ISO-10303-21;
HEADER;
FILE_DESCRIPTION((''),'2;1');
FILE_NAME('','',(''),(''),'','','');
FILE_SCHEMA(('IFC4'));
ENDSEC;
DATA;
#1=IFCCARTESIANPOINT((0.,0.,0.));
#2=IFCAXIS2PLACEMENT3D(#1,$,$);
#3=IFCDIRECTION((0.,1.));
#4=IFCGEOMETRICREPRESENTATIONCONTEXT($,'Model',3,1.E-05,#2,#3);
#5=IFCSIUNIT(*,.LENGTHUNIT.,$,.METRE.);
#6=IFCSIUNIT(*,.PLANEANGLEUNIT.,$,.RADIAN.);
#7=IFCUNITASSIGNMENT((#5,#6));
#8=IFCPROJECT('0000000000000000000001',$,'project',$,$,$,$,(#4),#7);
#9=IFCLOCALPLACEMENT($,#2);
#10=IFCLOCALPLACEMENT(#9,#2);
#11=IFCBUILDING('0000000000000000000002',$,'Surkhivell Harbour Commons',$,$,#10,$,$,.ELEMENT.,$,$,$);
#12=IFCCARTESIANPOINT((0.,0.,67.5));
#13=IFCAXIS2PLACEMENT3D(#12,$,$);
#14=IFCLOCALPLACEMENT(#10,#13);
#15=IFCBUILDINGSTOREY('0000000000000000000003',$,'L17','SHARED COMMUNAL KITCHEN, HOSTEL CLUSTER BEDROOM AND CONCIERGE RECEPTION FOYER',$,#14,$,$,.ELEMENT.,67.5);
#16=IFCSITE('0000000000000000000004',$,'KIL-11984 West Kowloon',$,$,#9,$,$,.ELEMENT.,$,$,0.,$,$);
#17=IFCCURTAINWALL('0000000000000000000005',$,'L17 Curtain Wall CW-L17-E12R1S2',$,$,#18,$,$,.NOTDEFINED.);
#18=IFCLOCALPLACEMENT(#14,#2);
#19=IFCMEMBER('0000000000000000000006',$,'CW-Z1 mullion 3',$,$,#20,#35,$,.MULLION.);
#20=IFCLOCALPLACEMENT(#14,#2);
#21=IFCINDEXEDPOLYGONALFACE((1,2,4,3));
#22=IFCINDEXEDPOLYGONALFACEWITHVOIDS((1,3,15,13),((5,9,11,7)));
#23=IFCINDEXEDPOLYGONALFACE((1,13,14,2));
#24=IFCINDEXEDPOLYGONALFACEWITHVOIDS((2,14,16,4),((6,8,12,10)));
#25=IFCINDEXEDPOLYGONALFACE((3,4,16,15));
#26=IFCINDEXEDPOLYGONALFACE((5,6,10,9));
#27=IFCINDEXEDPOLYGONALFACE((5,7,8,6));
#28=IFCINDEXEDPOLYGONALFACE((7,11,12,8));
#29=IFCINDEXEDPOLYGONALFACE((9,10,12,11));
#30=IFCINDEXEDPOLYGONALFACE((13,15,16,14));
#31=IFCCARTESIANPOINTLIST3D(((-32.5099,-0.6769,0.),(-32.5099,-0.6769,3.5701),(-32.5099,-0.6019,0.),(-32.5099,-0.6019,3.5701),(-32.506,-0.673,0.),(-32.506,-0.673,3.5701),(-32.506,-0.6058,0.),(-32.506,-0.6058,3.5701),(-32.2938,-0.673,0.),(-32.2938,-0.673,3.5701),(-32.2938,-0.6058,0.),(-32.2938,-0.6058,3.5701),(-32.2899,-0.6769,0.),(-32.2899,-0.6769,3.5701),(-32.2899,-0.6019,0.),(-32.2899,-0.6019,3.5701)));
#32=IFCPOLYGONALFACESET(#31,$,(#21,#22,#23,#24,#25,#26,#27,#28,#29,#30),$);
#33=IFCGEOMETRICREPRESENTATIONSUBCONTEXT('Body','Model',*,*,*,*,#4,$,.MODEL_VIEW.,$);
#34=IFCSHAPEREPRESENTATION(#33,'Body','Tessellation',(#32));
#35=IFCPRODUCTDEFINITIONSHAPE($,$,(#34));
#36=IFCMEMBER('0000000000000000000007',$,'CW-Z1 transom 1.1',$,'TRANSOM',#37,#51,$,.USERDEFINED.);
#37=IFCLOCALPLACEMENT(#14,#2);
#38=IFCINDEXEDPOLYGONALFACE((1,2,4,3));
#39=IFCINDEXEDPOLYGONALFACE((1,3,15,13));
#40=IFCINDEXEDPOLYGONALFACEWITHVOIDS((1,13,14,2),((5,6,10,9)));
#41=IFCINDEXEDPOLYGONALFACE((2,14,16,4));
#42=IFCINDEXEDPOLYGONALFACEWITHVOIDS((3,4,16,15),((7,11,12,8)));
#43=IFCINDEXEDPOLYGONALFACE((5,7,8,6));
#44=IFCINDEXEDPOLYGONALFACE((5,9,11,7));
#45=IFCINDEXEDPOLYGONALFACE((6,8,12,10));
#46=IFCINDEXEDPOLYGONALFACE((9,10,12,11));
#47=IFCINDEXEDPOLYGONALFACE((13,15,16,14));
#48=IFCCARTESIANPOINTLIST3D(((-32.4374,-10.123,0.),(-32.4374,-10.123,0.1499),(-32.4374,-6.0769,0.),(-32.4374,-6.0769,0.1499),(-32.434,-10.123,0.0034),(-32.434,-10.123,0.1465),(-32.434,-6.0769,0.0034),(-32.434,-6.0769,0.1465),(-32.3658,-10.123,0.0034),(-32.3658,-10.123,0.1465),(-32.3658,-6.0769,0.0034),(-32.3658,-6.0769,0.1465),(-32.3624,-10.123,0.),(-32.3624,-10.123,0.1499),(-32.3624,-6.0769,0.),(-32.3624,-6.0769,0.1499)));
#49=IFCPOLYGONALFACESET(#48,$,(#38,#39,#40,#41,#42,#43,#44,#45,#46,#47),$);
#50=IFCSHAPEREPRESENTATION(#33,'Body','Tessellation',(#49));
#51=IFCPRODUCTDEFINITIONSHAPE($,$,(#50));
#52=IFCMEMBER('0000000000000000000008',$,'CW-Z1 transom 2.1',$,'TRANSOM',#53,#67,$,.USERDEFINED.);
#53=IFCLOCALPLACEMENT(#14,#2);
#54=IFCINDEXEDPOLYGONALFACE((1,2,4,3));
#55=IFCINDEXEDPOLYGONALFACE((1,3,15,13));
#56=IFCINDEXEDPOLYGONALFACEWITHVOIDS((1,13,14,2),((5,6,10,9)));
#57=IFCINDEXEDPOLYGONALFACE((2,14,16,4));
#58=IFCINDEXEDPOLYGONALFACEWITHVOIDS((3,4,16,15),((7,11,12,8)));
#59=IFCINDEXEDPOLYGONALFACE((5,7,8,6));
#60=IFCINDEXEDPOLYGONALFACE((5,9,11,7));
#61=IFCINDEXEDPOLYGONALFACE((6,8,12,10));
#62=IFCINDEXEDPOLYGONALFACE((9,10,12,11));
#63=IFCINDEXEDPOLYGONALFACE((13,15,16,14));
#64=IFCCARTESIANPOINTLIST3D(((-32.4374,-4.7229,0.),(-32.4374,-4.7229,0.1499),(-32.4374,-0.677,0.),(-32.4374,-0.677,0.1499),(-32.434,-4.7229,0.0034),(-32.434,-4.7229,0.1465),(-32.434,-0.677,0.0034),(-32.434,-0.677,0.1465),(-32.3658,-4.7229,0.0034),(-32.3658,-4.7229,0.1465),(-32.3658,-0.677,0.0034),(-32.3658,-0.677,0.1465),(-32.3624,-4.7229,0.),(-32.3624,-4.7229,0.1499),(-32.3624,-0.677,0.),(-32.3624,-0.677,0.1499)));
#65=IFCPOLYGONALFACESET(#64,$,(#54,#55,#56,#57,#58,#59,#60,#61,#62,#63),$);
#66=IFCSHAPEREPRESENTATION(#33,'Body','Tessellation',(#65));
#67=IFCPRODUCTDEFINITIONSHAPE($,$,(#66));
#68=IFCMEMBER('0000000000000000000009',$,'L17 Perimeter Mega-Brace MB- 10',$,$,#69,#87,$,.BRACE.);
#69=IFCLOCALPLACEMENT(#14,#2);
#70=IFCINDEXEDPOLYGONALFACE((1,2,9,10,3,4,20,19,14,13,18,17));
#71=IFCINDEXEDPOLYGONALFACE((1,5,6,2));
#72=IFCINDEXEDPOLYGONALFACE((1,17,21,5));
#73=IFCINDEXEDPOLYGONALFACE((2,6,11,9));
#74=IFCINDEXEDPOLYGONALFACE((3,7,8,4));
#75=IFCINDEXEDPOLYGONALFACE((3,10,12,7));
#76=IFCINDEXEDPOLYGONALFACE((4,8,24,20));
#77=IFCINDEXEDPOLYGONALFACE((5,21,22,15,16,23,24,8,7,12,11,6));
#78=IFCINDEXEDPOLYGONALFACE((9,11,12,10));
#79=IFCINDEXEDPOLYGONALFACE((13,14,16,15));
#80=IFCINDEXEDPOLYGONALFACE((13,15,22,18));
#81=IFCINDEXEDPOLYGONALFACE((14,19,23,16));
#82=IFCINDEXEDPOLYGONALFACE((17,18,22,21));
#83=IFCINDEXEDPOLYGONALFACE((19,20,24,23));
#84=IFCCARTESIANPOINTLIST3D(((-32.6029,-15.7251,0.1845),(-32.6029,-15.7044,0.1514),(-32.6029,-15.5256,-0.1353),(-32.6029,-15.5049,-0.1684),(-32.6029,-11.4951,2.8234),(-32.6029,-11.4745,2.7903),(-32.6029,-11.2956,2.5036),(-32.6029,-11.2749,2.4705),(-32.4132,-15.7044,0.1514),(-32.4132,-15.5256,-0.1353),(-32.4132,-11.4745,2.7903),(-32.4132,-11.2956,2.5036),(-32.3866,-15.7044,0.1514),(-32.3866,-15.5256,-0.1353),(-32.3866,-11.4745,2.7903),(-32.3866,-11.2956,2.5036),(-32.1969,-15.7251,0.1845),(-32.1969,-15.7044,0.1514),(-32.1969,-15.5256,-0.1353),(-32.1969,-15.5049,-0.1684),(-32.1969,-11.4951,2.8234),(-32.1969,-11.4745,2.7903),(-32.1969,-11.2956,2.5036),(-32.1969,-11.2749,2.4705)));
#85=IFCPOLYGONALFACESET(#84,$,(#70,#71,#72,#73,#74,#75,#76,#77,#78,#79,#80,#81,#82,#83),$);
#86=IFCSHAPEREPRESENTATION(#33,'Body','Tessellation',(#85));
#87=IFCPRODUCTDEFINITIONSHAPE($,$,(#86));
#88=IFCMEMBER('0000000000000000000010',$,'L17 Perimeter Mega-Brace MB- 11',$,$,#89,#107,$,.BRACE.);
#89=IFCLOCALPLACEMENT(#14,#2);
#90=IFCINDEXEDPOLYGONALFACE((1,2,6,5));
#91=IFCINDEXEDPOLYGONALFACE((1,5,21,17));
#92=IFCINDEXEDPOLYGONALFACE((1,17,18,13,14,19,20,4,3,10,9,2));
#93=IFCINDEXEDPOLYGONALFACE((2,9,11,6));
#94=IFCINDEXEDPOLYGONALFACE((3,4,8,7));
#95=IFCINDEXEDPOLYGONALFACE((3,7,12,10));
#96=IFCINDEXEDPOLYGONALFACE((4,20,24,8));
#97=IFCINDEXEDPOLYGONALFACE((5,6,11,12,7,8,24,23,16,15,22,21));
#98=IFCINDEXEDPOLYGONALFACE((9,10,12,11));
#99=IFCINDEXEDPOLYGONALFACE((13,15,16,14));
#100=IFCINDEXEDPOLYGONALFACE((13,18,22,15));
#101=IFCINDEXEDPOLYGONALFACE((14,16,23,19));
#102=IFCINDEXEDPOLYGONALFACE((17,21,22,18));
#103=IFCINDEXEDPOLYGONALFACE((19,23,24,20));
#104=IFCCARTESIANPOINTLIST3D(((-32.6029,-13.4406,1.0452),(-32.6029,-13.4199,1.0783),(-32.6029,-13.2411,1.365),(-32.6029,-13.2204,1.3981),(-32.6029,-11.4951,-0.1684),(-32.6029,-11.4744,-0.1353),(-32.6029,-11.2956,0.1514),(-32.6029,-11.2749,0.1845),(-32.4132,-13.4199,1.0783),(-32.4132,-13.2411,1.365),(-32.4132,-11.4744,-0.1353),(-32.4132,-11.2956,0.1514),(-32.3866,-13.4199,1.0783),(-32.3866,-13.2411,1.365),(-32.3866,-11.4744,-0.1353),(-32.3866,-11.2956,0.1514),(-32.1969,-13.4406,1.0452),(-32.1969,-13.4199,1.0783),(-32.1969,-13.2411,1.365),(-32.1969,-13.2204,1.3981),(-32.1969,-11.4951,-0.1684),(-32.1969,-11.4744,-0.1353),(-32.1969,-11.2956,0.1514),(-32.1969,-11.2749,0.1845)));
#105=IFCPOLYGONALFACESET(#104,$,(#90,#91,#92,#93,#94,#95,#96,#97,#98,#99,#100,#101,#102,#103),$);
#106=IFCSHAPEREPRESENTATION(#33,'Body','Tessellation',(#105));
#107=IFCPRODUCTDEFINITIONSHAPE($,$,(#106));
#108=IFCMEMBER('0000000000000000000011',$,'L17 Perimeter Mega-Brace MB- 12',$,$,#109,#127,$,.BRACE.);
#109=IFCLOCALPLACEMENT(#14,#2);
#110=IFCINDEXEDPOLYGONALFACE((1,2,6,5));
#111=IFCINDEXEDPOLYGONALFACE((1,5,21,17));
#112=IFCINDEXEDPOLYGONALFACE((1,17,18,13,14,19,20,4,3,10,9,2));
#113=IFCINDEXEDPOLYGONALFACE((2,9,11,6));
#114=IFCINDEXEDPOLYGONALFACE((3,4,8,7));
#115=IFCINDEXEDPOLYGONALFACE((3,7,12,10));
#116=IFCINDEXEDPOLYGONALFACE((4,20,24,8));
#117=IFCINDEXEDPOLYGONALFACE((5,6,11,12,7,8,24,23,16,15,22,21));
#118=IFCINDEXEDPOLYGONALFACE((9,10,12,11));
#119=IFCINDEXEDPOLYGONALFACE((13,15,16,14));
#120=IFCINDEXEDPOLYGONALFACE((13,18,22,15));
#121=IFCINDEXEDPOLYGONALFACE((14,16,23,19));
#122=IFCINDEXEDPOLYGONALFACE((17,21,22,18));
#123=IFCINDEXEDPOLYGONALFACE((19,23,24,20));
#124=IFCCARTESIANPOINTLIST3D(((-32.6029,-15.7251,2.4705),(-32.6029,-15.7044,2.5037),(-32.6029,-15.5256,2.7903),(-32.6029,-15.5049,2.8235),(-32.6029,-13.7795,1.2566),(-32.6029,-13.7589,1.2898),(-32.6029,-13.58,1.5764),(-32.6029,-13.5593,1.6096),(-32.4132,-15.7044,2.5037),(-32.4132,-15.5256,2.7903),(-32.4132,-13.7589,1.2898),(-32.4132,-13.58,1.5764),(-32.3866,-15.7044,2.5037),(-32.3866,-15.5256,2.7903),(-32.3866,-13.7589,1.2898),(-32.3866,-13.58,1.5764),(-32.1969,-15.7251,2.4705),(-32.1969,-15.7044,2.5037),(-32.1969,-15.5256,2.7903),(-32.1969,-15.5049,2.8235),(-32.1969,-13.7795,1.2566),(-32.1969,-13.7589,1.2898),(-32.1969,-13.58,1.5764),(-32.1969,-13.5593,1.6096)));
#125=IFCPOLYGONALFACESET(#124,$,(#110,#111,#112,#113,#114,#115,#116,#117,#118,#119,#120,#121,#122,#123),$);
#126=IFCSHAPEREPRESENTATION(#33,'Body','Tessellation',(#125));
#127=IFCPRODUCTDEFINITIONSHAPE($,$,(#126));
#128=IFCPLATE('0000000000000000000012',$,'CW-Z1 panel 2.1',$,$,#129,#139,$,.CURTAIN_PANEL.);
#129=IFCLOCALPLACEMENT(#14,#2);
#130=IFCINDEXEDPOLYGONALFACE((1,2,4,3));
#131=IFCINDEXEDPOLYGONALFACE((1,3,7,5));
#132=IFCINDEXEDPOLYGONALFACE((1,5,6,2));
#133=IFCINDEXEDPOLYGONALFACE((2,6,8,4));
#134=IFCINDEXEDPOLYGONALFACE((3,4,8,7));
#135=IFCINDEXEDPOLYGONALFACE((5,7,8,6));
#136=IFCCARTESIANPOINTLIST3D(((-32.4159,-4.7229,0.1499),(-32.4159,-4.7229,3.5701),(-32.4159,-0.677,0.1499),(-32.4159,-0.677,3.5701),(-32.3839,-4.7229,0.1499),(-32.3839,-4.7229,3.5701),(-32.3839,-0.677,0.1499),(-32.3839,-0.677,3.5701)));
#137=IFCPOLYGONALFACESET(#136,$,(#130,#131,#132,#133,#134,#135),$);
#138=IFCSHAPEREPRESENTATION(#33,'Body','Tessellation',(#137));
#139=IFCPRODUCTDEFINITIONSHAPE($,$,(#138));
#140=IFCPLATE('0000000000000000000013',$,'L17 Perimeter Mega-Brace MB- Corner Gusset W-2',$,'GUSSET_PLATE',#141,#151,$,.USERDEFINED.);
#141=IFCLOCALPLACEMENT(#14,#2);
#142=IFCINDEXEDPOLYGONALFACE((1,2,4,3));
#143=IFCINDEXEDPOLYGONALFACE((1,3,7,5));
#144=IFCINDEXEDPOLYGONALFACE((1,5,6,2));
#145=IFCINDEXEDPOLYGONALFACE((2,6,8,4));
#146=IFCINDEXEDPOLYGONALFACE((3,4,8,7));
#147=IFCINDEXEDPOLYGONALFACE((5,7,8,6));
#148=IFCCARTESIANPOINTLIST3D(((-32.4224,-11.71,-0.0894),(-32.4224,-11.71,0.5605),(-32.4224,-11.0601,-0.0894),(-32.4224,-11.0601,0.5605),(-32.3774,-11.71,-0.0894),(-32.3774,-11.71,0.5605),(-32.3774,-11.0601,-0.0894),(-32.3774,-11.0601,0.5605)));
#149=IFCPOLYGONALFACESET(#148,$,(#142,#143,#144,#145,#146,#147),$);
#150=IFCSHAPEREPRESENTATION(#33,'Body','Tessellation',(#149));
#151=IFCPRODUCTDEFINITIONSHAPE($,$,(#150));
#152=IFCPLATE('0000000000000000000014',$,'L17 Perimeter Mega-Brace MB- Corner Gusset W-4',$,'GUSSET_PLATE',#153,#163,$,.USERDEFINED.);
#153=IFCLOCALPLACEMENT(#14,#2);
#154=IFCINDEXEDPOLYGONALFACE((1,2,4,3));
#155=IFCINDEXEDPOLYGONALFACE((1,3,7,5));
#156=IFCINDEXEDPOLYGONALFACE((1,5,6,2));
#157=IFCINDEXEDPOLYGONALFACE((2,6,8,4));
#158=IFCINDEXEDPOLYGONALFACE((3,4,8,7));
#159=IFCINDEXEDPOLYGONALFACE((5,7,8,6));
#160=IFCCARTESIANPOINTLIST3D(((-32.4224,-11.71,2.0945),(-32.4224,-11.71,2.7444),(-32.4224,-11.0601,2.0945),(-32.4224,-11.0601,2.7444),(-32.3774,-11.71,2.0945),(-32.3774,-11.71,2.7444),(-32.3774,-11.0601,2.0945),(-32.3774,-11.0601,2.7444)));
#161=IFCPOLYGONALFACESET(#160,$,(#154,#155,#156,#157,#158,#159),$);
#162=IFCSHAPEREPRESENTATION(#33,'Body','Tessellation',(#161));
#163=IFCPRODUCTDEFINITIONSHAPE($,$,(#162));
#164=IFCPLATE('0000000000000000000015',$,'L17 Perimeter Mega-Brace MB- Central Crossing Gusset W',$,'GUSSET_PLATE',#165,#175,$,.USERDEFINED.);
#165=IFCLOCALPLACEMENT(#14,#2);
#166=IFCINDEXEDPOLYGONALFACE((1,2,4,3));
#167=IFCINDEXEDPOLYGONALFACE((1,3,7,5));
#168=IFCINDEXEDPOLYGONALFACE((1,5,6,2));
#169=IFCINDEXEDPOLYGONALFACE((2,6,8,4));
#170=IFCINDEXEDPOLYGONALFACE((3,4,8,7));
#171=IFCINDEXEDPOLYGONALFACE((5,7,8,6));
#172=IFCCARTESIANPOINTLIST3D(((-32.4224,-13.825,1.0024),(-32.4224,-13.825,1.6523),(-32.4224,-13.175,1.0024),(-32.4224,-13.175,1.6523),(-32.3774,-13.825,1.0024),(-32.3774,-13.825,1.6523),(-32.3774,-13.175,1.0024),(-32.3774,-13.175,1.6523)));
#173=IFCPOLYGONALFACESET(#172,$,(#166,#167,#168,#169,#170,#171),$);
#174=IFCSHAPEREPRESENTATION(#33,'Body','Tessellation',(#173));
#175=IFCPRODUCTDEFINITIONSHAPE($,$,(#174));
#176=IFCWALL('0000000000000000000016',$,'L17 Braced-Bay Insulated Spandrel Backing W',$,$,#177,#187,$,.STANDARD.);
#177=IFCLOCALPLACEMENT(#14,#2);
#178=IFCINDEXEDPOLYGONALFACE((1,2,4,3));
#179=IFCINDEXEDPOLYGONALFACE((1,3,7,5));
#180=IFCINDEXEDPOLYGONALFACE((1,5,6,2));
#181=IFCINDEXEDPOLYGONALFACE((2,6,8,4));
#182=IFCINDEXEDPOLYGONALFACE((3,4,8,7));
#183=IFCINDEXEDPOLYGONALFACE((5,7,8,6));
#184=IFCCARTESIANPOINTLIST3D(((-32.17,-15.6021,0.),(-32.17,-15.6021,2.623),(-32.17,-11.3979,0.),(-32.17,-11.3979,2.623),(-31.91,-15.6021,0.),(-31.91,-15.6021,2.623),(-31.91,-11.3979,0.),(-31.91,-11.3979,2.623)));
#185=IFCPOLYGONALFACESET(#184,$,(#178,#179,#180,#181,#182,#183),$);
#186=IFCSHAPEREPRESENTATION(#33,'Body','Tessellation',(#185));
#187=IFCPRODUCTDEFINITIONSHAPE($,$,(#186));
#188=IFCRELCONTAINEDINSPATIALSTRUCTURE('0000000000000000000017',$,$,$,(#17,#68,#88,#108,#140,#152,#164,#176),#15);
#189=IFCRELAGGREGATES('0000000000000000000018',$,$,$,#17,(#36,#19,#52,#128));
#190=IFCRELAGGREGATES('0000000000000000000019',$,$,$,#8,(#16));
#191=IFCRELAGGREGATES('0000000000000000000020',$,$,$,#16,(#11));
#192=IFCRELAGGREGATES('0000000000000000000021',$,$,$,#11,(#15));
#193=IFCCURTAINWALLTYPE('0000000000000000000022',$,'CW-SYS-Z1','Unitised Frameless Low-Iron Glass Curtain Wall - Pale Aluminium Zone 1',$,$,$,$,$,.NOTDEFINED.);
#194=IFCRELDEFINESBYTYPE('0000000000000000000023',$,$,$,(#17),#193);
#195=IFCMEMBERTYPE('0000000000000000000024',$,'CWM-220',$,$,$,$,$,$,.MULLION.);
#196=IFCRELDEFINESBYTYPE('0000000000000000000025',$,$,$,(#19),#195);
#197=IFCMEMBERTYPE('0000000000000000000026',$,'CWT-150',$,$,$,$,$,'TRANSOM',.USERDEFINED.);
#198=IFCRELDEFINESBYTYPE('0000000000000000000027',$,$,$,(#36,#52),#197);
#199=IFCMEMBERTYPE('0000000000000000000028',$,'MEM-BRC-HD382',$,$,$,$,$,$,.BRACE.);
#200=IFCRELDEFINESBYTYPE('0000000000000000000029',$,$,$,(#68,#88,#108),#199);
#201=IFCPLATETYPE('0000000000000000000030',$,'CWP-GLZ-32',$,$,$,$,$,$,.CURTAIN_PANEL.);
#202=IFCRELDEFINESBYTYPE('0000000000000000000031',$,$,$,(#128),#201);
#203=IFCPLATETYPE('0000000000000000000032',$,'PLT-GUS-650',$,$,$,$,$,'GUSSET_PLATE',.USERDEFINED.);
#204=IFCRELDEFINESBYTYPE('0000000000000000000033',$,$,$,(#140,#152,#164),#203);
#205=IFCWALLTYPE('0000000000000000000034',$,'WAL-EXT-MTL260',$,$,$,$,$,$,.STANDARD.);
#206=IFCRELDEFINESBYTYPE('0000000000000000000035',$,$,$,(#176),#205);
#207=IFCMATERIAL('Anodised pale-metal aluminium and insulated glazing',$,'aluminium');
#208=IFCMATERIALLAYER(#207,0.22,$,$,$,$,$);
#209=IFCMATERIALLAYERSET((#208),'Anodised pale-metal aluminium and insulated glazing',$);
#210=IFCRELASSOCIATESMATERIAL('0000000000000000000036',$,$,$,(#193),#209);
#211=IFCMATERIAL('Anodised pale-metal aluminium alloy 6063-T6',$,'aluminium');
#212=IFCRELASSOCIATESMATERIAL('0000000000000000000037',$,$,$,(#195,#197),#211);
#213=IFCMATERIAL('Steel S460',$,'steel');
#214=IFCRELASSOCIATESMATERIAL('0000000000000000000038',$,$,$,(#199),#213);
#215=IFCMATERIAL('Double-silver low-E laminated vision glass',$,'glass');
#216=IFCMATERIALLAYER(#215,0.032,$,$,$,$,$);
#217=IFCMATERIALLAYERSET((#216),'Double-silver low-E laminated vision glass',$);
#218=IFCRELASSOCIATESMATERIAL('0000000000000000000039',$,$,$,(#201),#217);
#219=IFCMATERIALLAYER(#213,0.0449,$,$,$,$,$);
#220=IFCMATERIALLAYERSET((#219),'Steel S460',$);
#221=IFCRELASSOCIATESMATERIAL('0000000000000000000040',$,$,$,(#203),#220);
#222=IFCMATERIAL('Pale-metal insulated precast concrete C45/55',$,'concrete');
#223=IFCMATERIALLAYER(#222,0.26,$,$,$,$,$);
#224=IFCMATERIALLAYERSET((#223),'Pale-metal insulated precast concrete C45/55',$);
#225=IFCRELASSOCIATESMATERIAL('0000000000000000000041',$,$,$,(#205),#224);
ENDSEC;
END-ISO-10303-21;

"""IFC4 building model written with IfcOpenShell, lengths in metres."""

from ifc_helpers import new_model, si_unit, direction, frame, frame_2d, origin, origin_2d, place, context, subcontext, project, spatial, rectangle, hollow_rectangle, i_section, extrude, material, layer, layer_set, material_profile, profile_set, type_object, element, aggregate, save


model = new_model("IFC4")

# Units and contexts
model_context = context("Model", 3, precision=1e-05, world=origin(), true_north=direction((0.0, 1.0)))
body_context = subcontext(model_context, "Body", "Model", "MODEL_VIEW")
ifc_project = project(units=[si_unit("LENGTHUNIT", "METRE"), si_unit("PLANEANGLEUNIT", "RADIAN")], contexts=[model_context])

# Site, building, storey
site_placement = place(None, origin())
site = spatial("IfcSite", under=ifc_project, at=site_placement, Name="KIL-11984 West Kowloon", CompositionType="ELEMENT", RefElevation=0.0)
building_placement = place(site_placement, origin())
building = spatial("IfcBuilding", under=site, at=building_placement, Name="Surkhivell Harbour Commons", CompositionType="ELEMENT")
storey_placement = place(building_placement, frame((0.0, 0.0, 67.5)))
storey = spatial("IfcBuildingStorey", under=building, at=storey_placement, Name="L17", Description="SHARED COMMUNAL KITCHEN, HOSTEL CLUSTER BEDROOM AND CONCIERGE RECEPTION FOYER", CompositionType="ELEMENT", Elevation=67.5)

# Shared definitions
ifc_material_1 = material(Name="Steel S460", Category="steel")

# Curtain wall, members
ifc_material_2 = material(Name="Anodised pale-metal aluminium and insulated glazing", Category="aluminium")
ifc_layer_1 = layer(ifc_material_2, 0.22)
ifc_layer_set_1 = layer_set([ifc_layer_1], Name="Anodised pale-metal aluminium and insulated glazing")
curtain_wall_type = type_object("IfcCurtainWallType", Name="CW-SYS-Z1", Description="Unitised Frameless Low-Iron Glass Curtain Wall - Pale Aluminium Zone 1", PredefinedType="NOTDEFINED", material=ifc_layer_set_1)
curtain_wall_placement = place(storey_placement, origin())
curtain_wall = element("IfcCurtainWall", 1, at=curtain_wall_placement, inside=storey, type_object=curtain_wall_type, Name="L17 Curtain Wall CW-L17-E12R1S2", PredefinedType="NOTDEFINED")
ifc_material_3 = material(Name="Anodised pale-metal aluminium alloy 6063-T6", Category="aluminium")
ifc_material_profile_1 = material_profile(ifc_material_3, hollow_rectangle(XDim=0.075, YDim=0.22, WallThickness=0.0039, at=origin_2d()), Name="ALU-MULL-75x220")
ifc_profile_set_1 = profile_set([ifc_material_profile_1], Name="Anodised pale-metal aluminium alloy 6063-T6")
member_type_1 = type_object("IfcMemberType", Name="CWM-220", PredefinedType="MULLION", material=ifc_profile_set_1)
member_1_placement = place(storey_placement, frame((-32.3999, -0.6394, 0.0), z_axis=(0.0, 0.0, 1.0), x_axis=(0.0, 1.0, 0.0)))
member_1 = element("IfcMember", 2, at=member_1_placement, type_object=member_type_1, Name="CW-Z1 mullion 3", PredefinedType="MULLION", context=body_context, shape_type="SweptSolid", body=[
    extrude(hollow_rectangle(XDim=0.075, YDim=0.22, WallThickness=0.0039, at=origin_2d()), origin(), (0.0, 0.0, 1.0), 3.5701),
])
ifc_material_profile_2 = material_profile(ifc_material_3, hollow_rectangle(XDim=0.075, YDim=0.1499, WallThickness=0.0034, at=origin_2d()), Name="ALU-TRAN-75x150")
ifc_profile_set_2 = profile_set([ifc_material_profile_2], Name="Anodised pale-metal aluminium alloy 6063-T6")
member_type_2 = type_object("IfcMemberType", Name="CWT-150", ElementType="TRANSOM", PredefinedType="USERDEFINED", material=ifc_profile_set_2)
member_2_placement = place(storey_placement, frame((-32.3999, -10.123, 0.075), z_axis=(0.0, 1.0, 0.0), x_axis=(-1.0, 0.0, 0.0)))
member_2 = element("IfcMember", 3, at=member_2_placement, type_object=member_type_2, Name="CW-Z1 transom 1.1", ObjectType="TRANSOM", PredefinedType="USERDEFINED", context=body_context, shape_type="SweptSolid", body=[
    extrude(hollow_rectangle(XDim=0.075, YDim=0.1499, WallThickness=0.0034, at=origin_2d()), origin(), (0.0, 0.0, 1.0), 4.0461),
])
member_3_placement = place(storey_placement, frame((-32.3999, -4.7229, 0.075), z_axis=(0.0, 1.0, 0.0), x_axis=(-1.0, 0.0, 0.0)))
member_3 = element("IfcMember", 4, at=member_3_placement, type_object=member_type_2, Name="CW-Z1 transom 2.1", ObjectType="TRANSOM", PredefinedType="USERDEFINED", context=body_context, shape_type="SweptSolid", body=[
    extrude(hollow_rectangle(XDim=0.075, YDim=0.1499, WallThickness=0.0034, at=origin_2d()), origin(), (0.0, 0.0, 1.0), 4.0459),
])

# Members
ifc_material_profile_3 = material_profile(ifc_material_1, i_section(OverallWidth=0.406, OverallDepth=0.416, WebThickness=0.0266, FlangeThickness=0.0391, at=origin_2d()), Name="HD400x382")
ifc_profile_set_3 = profile_set([ifc_material_profile_3], Name="Steel S460")
member_type_3 = type_object("IfcMemberType", Name="MEM-BRC-HD382", PredefinedType="BRACE", material=ifc_profile_set_3)
member_4_placement = place(storey_placement, frame((-32.3999, -15.615, 0.0081), z_axis=(0.0, 0.848433, 0.529303), x_axis=(-1.0, 0.0, 0.0)))
element("IfcMember", 5, at=member_4_placement, inside=storey, type_object=member_type_3, Name="L17 Perimeter Mega-Brace MB- 10", PredefinedType="BRACE", context=body_context, shape_type="SweptSolid", body=[
    extrude(i_section(OverallWidth=0.406, OverallDepth=0.416, WebThickness=0.0266, FlangeThickness=0.0391, at=origin_2d()), origin(), (0.0, 0.0, 1.0), 4.9856),
])
member_5_placement = place(storey_placement, frame((-32.3999, -11.385, 0.0081), z_axis=(0.0, -0.848459, 0.529262), x_axis=(1.0, 0.0, 0.0)))
element("IfcMember", 6, at=member_5_placement, inside=storey, type_object=member_type_3, Name="L17 Perimeter Mega-Brace MB- 11", PredefinedType="BRACE", context=body_context, shape_type="SweptSolid", body=[
    extrude(i_section(OverallWidth=0.406, OverallDepth=0.416, WebThickness=0.0266, FlangeThickness=0.0391, at=origin_2d()), origin(), (0.0, 0.0, 1.0), 2.293),
])
member_6_placement = place(storey_placement, frame((-32.3999, -13.6694, 1.4331), z_axis=(0.0, -0.848411, 0.529338), x_axis=(1.0, 0.0, 0.0)))
element("IfcMember", 7, at=member_6_placement, inside=storey, type_object=member_type_3, Name="L17 Perimeter Mega-Brace MB- 12", PredefinedType="BRACE", context=body_context, shape_type="SweptSolid", body=[
    extrude(i_section(OverallWidth=0.406, OverallDepth=0.416, WebThickness=0.0266, FlangeThickness=0.0391, at=origin_2d()), origin(), (0.0, 0.0, 1.0), 2.2932),
])

# Plate
ifc_material_4 = material(Name="Double-silver low-E laminated vision glass", Category="glass")
ifc_layer_2 = layer(ifc_material_4, 0.032)
ifc_layer_set_2 = layer_set([ifc_layer_2], Name="Double-silver low-E laminated vision glass")
plate_type_1 = type_object("IfcPlateType", Name="CWP-GLZ-32", PredefinedType="CURTAIN_PANEL", material=ifc_layer_set_2)
plate_1_placement = place(storey_placement, frame((-32.3999, -4.7229, 0.1499), z_axis=(0.0, 0.0, 1.0), x_axis=(0.0, 1.0, 0.0)))
plate_1 = element("IfcPlate", 8, at=plate_1_placement, type_object=plate_type_1, Name="CW-Z1 panel 2.1", PredefinedType="CURTAIN_PANEL", context=body_context, shape_type="SweptSolid", body=[
    extrude(rectangle(XDim=4.0459, YDim=0.032, at=frame_2d((2.0229, 0.0))), origin(), (0.0, 0.0, 1.0), 3.4202),
])
aggregate(curtain_wall, [member_2, member_1, member_3, plate_1])

# Plates
ifc_layer_3 = layer(ifc_material_1, 0.0449)
ifc_layer_set_3 = layer_set([ifc_layer_3], Name="Steel S460")
plate_type_2 = type_object("IfcPlateType", Name="PLT-GUS-650", ElementType="GUSSET_PLATE", PredefinedType="USERDEFINED", material=ifc_layer_set_3)
for number, where, z_axis, x_axis, name in (
    (9, (-32.3999, -11.385, -0.0894), (0.0, 0.0, 1.0), (0.0, 1.0, 0.0), "L17 Perimeter Mega-Brace MB- Corner Gusset W-2"),
    (10, (-32.3999, -11.385, 2.0945), (0.0, 0.0, 1.0), (0.0, 1.0, 0.0), "L17 Perimeter Mega-Brace MB- Corner Gusset W-4"),
    (11, (-32.3999, -13.5, 1.0024), (0.0, 0.0, 1.0), (0.0, 1.0, 0.0), "L17 Perimeter Mega-Brace MB- Central Crossing Gusset W"),
):
    element("IfcPlate", number, at=place(storey_placement, frame(where, z_axis=z_axis, x_axis=x_axis)), inside=storey, type_object=plate_type_2, Name=name, ObjectType="GUSSET_PLATE", PredefinedType="USERDEFINED", context=body_context, shape_type="SweptSolid", body=[
        extrude(rectangle(XDim=0.6499, YDim=0.0449, at=origin_2d()), origin(), (0.0, 0.0, 1.0), 0.6499),
    ])

# Wall
ifc_material_5 = material(Name="Pale-metal insulated precast concrete C45/55", Category="concrete")
ifc_layer_4 = layer(ifc_material_5, 0.26)
ifc_layer_set_4 = layer_set([ifc_layer_4], Name="Pale-metal insulated precast concrete C45/55")
wall_type_1 = type_object("IfcWallType", Name="WAL-EXT-MTL260", PredefinedType="STANDARD", material=ifc_layer_set_4)
wall_placement = place(storey_placement, frame((-32.04, -15.6021, 0.0), z_axis=(0.0, 0.0, 1.0), x_axis=(0.0, 1.0, 0.0)))
element("IfcWall", 12, at=wall_placement, inside=storey, type_object=wall_type_1, Name="L17 Braced-Bay Insulated Spandrel Backing W", PredefinedType="STANDARD", context=body_context, shape_type="SweptSolid", body=[
    extrude(rectangle(XDim=4.2041, YDim=0.26, at=frame_2d((2.1021, 0.0))), origin(), (0.0, 0.0, 1.0), 2.623),
])

save(model, "model.ifc")
